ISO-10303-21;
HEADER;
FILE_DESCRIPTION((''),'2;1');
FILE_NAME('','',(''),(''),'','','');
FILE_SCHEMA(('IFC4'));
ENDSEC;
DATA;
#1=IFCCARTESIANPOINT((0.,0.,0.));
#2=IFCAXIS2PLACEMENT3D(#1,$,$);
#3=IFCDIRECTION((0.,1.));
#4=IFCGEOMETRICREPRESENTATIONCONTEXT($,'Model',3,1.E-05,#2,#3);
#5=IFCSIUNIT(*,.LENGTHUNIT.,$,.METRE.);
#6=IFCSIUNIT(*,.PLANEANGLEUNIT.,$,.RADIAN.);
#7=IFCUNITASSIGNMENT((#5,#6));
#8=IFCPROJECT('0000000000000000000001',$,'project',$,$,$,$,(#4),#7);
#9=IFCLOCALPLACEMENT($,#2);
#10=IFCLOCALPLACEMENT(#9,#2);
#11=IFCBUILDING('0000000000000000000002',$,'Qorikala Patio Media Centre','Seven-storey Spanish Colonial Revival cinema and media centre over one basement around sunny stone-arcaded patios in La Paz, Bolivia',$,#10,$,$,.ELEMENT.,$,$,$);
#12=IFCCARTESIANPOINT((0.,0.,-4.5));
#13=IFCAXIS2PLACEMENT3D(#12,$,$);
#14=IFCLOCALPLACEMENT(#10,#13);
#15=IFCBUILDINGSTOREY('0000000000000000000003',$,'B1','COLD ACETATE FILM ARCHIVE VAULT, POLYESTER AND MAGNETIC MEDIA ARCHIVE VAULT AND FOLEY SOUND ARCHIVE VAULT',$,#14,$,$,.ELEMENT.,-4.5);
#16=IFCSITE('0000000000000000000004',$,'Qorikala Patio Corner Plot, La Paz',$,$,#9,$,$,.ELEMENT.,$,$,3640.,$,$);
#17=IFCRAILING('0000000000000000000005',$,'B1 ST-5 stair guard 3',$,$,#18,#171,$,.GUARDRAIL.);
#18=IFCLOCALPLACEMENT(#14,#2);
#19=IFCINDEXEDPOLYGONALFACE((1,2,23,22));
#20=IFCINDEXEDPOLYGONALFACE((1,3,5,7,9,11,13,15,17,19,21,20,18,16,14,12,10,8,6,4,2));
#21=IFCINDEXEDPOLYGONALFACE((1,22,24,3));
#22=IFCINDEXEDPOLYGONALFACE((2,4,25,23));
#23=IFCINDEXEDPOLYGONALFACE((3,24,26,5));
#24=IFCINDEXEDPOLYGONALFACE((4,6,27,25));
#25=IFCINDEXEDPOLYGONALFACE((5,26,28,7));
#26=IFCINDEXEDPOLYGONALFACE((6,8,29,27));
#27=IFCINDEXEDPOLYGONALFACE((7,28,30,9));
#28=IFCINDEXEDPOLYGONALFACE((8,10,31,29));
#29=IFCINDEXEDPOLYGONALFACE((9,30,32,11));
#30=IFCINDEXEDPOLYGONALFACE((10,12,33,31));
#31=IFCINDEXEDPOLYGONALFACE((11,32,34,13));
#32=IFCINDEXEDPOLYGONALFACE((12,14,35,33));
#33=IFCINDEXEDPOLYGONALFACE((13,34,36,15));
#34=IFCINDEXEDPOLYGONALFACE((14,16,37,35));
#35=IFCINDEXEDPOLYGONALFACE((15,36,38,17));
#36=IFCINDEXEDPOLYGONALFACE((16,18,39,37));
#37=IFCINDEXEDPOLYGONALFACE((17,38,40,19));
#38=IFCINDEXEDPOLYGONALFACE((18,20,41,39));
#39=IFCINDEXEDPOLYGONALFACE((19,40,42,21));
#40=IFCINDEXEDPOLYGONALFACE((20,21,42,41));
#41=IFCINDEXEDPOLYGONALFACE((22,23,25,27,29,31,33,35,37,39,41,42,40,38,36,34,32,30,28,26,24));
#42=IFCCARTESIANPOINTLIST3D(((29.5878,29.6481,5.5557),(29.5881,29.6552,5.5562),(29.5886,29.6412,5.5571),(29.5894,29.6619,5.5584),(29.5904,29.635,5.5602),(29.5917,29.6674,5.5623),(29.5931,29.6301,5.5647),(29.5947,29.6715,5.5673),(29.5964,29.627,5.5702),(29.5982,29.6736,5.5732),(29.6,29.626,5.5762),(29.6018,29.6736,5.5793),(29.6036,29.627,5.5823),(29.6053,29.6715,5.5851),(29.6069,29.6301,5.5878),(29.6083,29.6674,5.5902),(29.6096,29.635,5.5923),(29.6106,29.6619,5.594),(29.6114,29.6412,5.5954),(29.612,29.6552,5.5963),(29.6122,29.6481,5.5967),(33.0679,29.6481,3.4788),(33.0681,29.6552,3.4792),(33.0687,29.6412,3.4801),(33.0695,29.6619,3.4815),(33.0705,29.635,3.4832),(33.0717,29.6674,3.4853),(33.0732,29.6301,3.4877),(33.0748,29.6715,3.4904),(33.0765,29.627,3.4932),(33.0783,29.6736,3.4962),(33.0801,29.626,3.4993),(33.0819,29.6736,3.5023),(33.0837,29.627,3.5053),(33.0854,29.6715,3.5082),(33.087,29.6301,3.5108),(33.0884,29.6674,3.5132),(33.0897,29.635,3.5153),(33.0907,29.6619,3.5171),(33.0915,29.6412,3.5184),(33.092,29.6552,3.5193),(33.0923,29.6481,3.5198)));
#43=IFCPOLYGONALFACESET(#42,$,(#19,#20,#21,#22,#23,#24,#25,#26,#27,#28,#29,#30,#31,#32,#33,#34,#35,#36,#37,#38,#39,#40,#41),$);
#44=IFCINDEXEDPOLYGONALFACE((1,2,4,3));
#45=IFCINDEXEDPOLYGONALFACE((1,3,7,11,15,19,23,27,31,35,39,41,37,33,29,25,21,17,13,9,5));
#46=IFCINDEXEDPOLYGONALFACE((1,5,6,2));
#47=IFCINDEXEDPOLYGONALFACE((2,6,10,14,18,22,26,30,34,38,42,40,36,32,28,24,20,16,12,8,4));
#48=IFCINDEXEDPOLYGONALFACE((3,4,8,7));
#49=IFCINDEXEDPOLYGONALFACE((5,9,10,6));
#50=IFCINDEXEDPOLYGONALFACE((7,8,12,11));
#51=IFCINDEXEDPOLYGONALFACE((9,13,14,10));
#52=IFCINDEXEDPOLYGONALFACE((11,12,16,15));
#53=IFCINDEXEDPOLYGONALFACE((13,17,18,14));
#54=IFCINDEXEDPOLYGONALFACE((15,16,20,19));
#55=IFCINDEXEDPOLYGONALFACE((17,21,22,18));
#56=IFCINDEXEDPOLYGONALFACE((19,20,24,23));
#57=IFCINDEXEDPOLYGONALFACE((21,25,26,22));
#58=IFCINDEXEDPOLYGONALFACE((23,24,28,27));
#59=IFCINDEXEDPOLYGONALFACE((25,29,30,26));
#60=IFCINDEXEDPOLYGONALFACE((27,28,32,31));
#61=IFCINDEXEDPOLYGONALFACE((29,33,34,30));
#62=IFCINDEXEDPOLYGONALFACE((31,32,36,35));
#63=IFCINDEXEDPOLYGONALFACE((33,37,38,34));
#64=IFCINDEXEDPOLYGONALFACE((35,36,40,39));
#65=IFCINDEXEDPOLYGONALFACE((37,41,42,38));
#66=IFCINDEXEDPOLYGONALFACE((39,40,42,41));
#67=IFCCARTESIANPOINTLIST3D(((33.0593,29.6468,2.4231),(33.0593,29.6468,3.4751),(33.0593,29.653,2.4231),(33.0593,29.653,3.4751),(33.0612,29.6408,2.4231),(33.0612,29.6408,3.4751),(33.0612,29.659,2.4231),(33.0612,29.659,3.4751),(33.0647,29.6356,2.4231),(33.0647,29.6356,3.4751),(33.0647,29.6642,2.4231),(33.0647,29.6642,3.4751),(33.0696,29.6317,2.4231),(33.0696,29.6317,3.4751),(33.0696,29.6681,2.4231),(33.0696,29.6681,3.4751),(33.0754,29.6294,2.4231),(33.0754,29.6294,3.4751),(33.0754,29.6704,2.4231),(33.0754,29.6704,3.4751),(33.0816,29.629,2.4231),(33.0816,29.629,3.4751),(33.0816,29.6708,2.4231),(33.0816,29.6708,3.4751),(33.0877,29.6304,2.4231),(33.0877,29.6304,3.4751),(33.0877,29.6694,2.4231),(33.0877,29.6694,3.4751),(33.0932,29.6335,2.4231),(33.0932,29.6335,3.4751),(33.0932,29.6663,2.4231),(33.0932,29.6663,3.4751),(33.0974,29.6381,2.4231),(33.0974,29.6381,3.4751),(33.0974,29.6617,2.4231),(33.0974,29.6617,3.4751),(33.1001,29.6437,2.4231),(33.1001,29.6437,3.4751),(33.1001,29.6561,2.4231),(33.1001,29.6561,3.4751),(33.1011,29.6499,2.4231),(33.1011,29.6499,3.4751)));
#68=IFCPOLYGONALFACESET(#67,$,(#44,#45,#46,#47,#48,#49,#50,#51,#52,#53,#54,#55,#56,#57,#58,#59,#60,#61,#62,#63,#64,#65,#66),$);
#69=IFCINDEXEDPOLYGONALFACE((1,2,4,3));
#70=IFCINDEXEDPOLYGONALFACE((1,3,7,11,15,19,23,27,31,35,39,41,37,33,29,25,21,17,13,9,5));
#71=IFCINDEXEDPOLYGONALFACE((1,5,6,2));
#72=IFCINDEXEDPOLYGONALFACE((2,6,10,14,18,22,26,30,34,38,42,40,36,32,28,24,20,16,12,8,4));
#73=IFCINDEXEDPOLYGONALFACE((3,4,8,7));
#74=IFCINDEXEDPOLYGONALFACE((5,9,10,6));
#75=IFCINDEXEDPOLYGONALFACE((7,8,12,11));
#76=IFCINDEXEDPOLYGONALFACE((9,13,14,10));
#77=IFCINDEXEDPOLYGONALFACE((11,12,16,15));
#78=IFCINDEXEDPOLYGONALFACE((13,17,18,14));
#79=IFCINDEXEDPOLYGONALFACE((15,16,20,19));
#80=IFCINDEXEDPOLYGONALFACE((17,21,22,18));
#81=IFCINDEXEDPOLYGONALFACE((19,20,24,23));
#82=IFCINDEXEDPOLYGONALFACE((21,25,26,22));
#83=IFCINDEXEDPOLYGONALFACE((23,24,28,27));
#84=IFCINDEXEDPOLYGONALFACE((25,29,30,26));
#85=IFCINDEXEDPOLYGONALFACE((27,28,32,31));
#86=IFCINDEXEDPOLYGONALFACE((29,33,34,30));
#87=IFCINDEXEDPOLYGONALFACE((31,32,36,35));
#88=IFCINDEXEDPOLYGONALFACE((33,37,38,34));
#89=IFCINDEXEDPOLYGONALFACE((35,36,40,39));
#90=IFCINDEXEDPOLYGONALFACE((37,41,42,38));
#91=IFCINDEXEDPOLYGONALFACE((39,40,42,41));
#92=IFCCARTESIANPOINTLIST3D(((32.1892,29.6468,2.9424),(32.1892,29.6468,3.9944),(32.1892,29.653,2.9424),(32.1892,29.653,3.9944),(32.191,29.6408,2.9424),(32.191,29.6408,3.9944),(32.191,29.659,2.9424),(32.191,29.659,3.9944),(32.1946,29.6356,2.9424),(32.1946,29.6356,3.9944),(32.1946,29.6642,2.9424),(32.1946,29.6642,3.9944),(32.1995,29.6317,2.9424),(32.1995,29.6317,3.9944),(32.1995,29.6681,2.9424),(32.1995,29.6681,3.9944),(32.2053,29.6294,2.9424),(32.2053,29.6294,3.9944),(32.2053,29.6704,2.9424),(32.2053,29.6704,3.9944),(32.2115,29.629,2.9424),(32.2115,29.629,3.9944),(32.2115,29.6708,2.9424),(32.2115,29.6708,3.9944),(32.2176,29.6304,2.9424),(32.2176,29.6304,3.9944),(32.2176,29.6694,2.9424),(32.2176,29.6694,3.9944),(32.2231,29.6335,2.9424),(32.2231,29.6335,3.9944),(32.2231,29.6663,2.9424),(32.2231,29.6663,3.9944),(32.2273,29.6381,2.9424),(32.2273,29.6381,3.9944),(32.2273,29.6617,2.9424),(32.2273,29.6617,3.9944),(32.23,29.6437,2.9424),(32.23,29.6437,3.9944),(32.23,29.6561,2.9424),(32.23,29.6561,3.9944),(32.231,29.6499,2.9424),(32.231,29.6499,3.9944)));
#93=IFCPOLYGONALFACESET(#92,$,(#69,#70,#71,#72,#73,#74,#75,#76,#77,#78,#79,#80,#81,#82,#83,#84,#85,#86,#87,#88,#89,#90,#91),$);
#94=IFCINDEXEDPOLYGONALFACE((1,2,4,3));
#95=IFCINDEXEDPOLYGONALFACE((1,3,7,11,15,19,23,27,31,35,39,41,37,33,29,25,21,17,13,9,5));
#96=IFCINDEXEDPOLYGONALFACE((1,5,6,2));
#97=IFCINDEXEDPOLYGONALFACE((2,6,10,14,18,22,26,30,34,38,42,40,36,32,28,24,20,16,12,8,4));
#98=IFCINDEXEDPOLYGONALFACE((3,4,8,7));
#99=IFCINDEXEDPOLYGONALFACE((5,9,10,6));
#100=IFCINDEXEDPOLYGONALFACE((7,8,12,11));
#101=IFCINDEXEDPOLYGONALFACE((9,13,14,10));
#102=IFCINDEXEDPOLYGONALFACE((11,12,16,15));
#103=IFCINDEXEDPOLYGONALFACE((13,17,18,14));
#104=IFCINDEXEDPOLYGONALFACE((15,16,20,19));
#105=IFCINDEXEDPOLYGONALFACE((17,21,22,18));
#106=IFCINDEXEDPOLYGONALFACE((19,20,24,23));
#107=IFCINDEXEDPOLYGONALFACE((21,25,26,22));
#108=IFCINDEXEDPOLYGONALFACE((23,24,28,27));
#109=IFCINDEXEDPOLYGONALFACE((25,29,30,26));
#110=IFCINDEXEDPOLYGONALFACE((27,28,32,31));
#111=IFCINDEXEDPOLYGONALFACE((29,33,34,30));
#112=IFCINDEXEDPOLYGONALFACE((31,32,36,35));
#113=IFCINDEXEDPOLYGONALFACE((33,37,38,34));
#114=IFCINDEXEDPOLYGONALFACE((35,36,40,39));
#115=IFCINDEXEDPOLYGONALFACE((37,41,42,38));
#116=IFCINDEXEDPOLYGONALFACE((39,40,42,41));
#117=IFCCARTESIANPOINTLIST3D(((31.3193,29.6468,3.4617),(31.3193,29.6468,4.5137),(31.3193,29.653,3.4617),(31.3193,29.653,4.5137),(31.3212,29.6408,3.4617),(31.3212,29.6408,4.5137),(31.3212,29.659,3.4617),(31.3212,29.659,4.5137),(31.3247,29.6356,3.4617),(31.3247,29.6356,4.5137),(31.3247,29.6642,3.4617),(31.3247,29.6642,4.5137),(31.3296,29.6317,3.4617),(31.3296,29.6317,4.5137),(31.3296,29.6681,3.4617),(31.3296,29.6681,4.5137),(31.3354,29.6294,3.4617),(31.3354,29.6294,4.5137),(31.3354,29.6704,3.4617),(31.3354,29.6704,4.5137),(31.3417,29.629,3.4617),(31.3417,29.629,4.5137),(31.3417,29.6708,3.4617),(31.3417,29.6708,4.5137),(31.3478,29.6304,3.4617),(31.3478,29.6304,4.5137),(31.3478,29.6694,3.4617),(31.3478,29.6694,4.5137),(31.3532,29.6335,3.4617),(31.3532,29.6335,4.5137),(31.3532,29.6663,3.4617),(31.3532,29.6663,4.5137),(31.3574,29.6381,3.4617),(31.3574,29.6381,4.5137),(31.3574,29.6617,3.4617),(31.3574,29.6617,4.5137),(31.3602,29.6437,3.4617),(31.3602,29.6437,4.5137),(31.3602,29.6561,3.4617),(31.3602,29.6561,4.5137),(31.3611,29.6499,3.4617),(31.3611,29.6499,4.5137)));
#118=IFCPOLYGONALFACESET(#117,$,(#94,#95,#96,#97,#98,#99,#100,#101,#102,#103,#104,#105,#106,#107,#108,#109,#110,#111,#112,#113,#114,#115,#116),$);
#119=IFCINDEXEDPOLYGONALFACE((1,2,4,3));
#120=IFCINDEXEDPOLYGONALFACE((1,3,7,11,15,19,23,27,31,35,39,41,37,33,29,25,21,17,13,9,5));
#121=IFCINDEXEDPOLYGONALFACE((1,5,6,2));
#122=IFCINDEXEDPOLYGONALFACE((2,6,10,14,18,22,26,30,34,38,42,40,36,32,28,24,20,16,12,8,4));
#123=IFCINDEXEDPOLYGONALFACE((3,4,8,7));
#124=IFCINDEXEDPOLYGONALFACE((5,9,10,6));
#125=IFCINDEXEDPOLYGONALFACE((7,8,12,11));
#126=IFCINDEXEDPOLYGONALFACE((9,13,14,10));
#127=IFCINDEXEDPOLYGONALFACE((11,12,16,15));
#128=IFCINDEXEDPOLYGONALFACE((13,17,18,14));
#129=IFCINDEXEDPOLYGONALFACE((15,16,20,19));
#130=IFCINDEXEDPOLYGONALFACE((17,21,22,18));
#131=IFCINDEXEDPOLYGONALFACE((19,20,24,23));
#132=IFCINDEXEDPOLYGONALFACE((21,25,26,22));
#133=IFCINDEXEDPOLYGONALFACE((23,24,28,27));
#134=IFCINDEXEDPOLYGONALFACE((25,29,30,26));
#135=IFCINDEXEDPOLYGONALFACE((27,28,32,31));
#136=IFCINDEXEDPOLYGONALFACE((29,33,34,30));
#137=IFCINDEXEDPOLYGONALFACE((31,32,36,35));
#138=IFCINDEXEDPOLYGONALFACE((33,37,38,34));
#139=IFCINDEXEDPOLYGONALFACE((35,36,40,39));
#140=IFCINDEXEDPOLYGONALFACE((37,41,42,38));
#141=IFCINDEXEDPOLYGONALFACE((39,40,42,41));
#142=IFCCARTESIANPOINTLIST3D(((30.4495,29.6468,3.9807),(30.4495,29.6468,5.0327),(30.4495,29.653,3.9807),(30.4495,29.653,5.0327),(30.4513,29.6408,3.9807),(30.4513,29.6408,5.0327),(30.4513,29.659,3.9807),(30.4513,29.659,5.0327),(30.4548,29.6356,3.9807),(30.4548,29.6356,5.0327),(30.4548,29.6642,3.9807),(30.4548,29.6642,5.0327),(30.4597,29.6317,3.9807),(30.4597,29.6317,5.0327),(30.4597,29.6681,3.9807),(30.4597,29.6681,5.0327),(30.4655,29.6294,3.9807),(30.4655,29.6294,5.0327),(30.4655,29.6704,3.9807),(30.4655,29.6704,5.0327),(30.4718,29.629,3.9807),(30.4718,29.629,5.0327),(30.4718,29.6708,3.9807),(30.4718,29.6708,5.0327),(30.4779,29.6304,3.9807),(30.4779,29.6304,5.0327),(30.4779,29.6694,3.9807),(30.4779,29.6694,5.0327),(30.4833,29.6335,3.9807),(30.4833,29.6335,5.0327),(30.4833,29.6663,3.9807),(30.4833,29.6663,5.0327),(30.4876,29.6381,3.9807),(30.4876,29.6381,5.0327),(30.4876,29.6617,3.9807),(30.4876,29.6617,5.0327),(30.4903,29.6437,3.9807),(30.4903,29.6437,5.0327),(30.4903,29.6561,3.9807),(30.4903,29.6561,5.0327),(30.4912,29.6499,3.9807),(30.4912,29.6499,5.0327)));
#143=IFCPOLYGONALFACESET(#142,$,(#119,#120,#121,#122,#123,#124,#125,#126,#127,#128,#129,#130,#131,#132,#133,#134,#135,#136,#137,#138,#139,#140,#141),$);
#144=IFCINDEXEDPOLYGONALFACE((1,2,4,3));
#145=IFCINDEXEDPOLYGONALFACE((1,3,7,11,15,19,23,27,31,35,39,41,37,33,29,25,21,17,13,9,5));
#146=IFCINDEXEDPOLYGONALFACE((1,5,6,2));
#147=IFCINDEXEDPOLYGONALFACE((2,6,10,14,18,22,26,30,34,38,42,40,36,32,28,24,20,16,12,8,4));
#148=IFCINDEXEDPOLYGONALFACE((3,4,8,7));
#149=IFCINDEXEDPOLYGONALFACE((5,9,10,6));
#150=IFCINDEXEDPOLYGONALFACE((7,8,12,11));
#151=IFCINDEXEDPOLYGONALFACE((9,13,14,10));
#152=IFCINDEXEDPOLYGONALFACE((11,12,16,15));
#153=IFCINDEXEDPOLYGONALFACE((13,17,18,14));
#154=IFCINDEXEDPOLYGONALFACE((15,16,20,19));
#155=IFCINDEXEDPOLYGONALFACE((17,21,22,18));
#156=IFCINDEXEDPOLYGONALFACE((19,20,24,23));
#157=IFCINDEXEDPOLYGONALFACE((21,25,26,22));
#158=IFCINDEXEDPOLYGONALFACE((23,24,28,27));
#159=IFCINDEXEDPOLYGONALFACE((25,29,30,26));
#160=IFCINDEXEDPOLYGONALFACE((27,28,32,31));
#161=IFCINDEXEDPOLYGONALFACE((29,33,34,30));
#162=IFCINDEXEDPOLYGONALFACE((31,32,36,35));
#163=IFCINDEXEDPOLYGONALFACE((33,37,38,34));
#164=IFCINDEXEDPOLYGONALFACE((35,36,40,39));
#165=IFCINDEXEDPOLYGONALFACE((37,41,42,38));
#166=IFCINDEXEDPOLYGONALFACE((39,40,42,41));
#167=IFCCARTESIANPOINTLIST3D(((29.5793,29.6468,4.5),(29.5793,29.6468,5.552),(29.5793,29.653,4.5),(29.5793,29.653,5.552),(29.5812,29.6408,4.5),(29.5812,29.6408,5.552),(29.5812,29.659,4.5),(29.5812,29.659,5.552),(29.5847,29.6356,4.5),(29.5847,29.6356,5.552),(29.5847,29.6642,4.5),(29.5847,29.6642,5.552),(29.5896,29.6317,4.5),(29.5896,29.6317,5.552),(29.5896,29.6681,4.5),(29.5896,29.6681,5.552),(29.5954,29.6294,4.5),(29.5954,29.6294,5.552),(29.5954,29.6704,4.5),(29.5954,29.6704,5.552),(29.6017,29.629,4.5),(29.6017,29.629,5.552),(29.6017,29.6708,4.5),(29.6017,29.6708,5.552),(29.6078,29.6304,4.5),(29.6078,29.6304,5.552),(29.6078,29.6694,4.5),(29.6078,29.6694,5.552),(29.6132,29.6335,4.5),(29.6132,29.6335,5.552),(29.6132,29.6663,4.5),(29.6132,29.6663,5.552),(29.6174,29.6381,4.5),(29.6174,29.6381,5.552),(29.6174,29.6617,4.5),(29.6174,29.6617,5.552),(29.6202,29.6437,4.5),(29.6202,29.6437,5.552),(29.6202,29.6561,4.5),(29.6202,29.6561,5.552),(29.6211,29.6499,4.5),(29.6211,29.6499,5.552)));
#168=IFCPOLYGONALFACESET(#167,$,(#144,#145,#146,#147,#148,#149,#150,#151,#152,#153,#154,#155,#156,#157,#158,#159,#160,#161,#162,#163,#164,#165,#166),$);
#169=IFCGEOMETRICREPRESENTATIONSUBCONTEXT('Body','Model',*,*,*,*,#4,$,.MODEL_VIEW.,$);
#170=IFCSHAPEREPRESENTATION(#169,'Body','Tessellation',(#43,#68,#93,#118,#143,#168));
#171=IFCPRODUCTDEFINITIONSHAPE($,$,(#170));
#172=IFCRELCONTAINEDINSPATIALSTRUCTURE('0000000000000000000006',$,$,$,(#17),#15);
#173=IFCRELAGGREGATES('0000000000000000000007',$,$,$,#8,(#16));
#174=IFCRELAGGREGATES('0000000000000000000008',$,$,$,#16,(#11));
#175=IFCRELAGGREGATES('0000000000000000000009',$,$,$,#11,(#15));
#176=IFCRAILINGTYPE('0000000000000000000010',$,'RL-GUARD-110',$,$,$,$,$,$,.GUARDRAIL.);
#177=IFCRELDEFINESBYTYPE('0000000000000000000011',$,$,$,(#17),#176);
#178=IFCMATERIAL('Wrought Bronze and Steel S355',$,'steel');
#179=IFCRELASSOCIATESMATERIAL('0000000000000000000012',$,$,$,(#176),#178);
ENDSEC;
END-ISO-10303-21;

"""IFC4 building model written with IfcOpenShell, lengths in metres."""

from ifc_helpers import new_model, si_unit, direction, frame, origin, origin_2d, place, context, subcontext, project, spatial, circle, extrude, material, type_object, element, save


model = new_model("IFC4")

# Units and contexts
model_context = context("Model", 3, precision=1e-05, world=origin(), true_north=direction((0.0, 1.0)))
body_context = subcontext(model_context, "Body", "Model", "MODEL_VIEW")
ifc_project = project(units=[si_unit("LENGTHUNIT", "METRE"), si_unit("PLANEANGLEUNIT", "RADIAN")], contexts=[model_context])

# Site, building, storey
site_placement = place(None, origin())
site = spatial("IfcSite", under=ifc_project, at=site_placement, Name="Qorikala Patio Corner Plot, La Paz", CompositionType="ELEMENT", RefElevation=3640.0)
building_placement = place(site_placement, origin())
building = spatial("IfcBuilding", under=site, at=building_placement, Name="Qorikala Patio Media Centre", Description="Seven-storey Spanish Colonial Revival cinema and media centre over one basement around sunny stone-arcaded patios in La Paz, Bolivia", CompositionType="ELEMENT")
storey_placement = place(building_placement, frame((0.0, 0.0, -4.5)))
storey = spatial("IfcBuildingStorey", under=building, at=storey_placement, Name="B1", Description="COLD ACETATE FILM ARCHIVE VAULT, POLYESTER AND MAGNETIC MEDIA ARCHIVE VAULT AND FOLEY SOUND ARCHIVE VAULT", CompositionType="ELEMENT", Elevation=-4.5)

# Railing
ifc_material_1 = material(Name="Wrought Bronze and Steel S355", Category="steel")
railing_type_1 = type_object("IfcRailingType", Name="RL-GUARD-110", PredefinedType="GUARDRAIL", material=ifc_material_1)
railing_1_placement = place(storey_placement, frame((33.0801, 29.6499, 2.4231)))
element("IfcRailing", 1, at=railing_1_placement, inside=storey, type_object=railing_type_1, Name="B1 ST-5 stair guard 3", PredefinedType="GUARDRAIL", context=body_context, shape_type="SweptSolid", body=[
    extrude(circle(Radius=0.0239, at=origin_2d()), frame((0.0, 0.0, 1.0762), z_axis=(-0.858697, 0.0, 0.512483), x_axis=(0.0, -1.0, 0.0)), (0.0, 0.0, 1.0), 4.0527),
    extrude(circle(Radius=0.021, at=origin_2d()), origin(), (0.0, 0.0, 1.0), 1.052),
    extrude(circle(Radius=0.021, at=origin_2d()), frame((-0.8701, 0.0, 0.5193)), (0.0, 0.0, 1.0), 1.052),
    extrude(circle(Radius=0.021, at=origin_2d()), frame((-1.74, 0.0, 1.0386)), (0.0, 0.0, 1.0), 1.052),
    extrude(circle(Radius=0.021, at=origin_2d()), frame((-2.6099, 0.0, 1.5576)), (0.0, 0.0, 1.0), 1.052),
    extrude(circle(Radius=0.021, at=origin_2d()), frame((-3.48, 0.0, 2.0769)), (0.0, 0.0, 1.0), 1.052),
])

save(model, "model.ifc")
